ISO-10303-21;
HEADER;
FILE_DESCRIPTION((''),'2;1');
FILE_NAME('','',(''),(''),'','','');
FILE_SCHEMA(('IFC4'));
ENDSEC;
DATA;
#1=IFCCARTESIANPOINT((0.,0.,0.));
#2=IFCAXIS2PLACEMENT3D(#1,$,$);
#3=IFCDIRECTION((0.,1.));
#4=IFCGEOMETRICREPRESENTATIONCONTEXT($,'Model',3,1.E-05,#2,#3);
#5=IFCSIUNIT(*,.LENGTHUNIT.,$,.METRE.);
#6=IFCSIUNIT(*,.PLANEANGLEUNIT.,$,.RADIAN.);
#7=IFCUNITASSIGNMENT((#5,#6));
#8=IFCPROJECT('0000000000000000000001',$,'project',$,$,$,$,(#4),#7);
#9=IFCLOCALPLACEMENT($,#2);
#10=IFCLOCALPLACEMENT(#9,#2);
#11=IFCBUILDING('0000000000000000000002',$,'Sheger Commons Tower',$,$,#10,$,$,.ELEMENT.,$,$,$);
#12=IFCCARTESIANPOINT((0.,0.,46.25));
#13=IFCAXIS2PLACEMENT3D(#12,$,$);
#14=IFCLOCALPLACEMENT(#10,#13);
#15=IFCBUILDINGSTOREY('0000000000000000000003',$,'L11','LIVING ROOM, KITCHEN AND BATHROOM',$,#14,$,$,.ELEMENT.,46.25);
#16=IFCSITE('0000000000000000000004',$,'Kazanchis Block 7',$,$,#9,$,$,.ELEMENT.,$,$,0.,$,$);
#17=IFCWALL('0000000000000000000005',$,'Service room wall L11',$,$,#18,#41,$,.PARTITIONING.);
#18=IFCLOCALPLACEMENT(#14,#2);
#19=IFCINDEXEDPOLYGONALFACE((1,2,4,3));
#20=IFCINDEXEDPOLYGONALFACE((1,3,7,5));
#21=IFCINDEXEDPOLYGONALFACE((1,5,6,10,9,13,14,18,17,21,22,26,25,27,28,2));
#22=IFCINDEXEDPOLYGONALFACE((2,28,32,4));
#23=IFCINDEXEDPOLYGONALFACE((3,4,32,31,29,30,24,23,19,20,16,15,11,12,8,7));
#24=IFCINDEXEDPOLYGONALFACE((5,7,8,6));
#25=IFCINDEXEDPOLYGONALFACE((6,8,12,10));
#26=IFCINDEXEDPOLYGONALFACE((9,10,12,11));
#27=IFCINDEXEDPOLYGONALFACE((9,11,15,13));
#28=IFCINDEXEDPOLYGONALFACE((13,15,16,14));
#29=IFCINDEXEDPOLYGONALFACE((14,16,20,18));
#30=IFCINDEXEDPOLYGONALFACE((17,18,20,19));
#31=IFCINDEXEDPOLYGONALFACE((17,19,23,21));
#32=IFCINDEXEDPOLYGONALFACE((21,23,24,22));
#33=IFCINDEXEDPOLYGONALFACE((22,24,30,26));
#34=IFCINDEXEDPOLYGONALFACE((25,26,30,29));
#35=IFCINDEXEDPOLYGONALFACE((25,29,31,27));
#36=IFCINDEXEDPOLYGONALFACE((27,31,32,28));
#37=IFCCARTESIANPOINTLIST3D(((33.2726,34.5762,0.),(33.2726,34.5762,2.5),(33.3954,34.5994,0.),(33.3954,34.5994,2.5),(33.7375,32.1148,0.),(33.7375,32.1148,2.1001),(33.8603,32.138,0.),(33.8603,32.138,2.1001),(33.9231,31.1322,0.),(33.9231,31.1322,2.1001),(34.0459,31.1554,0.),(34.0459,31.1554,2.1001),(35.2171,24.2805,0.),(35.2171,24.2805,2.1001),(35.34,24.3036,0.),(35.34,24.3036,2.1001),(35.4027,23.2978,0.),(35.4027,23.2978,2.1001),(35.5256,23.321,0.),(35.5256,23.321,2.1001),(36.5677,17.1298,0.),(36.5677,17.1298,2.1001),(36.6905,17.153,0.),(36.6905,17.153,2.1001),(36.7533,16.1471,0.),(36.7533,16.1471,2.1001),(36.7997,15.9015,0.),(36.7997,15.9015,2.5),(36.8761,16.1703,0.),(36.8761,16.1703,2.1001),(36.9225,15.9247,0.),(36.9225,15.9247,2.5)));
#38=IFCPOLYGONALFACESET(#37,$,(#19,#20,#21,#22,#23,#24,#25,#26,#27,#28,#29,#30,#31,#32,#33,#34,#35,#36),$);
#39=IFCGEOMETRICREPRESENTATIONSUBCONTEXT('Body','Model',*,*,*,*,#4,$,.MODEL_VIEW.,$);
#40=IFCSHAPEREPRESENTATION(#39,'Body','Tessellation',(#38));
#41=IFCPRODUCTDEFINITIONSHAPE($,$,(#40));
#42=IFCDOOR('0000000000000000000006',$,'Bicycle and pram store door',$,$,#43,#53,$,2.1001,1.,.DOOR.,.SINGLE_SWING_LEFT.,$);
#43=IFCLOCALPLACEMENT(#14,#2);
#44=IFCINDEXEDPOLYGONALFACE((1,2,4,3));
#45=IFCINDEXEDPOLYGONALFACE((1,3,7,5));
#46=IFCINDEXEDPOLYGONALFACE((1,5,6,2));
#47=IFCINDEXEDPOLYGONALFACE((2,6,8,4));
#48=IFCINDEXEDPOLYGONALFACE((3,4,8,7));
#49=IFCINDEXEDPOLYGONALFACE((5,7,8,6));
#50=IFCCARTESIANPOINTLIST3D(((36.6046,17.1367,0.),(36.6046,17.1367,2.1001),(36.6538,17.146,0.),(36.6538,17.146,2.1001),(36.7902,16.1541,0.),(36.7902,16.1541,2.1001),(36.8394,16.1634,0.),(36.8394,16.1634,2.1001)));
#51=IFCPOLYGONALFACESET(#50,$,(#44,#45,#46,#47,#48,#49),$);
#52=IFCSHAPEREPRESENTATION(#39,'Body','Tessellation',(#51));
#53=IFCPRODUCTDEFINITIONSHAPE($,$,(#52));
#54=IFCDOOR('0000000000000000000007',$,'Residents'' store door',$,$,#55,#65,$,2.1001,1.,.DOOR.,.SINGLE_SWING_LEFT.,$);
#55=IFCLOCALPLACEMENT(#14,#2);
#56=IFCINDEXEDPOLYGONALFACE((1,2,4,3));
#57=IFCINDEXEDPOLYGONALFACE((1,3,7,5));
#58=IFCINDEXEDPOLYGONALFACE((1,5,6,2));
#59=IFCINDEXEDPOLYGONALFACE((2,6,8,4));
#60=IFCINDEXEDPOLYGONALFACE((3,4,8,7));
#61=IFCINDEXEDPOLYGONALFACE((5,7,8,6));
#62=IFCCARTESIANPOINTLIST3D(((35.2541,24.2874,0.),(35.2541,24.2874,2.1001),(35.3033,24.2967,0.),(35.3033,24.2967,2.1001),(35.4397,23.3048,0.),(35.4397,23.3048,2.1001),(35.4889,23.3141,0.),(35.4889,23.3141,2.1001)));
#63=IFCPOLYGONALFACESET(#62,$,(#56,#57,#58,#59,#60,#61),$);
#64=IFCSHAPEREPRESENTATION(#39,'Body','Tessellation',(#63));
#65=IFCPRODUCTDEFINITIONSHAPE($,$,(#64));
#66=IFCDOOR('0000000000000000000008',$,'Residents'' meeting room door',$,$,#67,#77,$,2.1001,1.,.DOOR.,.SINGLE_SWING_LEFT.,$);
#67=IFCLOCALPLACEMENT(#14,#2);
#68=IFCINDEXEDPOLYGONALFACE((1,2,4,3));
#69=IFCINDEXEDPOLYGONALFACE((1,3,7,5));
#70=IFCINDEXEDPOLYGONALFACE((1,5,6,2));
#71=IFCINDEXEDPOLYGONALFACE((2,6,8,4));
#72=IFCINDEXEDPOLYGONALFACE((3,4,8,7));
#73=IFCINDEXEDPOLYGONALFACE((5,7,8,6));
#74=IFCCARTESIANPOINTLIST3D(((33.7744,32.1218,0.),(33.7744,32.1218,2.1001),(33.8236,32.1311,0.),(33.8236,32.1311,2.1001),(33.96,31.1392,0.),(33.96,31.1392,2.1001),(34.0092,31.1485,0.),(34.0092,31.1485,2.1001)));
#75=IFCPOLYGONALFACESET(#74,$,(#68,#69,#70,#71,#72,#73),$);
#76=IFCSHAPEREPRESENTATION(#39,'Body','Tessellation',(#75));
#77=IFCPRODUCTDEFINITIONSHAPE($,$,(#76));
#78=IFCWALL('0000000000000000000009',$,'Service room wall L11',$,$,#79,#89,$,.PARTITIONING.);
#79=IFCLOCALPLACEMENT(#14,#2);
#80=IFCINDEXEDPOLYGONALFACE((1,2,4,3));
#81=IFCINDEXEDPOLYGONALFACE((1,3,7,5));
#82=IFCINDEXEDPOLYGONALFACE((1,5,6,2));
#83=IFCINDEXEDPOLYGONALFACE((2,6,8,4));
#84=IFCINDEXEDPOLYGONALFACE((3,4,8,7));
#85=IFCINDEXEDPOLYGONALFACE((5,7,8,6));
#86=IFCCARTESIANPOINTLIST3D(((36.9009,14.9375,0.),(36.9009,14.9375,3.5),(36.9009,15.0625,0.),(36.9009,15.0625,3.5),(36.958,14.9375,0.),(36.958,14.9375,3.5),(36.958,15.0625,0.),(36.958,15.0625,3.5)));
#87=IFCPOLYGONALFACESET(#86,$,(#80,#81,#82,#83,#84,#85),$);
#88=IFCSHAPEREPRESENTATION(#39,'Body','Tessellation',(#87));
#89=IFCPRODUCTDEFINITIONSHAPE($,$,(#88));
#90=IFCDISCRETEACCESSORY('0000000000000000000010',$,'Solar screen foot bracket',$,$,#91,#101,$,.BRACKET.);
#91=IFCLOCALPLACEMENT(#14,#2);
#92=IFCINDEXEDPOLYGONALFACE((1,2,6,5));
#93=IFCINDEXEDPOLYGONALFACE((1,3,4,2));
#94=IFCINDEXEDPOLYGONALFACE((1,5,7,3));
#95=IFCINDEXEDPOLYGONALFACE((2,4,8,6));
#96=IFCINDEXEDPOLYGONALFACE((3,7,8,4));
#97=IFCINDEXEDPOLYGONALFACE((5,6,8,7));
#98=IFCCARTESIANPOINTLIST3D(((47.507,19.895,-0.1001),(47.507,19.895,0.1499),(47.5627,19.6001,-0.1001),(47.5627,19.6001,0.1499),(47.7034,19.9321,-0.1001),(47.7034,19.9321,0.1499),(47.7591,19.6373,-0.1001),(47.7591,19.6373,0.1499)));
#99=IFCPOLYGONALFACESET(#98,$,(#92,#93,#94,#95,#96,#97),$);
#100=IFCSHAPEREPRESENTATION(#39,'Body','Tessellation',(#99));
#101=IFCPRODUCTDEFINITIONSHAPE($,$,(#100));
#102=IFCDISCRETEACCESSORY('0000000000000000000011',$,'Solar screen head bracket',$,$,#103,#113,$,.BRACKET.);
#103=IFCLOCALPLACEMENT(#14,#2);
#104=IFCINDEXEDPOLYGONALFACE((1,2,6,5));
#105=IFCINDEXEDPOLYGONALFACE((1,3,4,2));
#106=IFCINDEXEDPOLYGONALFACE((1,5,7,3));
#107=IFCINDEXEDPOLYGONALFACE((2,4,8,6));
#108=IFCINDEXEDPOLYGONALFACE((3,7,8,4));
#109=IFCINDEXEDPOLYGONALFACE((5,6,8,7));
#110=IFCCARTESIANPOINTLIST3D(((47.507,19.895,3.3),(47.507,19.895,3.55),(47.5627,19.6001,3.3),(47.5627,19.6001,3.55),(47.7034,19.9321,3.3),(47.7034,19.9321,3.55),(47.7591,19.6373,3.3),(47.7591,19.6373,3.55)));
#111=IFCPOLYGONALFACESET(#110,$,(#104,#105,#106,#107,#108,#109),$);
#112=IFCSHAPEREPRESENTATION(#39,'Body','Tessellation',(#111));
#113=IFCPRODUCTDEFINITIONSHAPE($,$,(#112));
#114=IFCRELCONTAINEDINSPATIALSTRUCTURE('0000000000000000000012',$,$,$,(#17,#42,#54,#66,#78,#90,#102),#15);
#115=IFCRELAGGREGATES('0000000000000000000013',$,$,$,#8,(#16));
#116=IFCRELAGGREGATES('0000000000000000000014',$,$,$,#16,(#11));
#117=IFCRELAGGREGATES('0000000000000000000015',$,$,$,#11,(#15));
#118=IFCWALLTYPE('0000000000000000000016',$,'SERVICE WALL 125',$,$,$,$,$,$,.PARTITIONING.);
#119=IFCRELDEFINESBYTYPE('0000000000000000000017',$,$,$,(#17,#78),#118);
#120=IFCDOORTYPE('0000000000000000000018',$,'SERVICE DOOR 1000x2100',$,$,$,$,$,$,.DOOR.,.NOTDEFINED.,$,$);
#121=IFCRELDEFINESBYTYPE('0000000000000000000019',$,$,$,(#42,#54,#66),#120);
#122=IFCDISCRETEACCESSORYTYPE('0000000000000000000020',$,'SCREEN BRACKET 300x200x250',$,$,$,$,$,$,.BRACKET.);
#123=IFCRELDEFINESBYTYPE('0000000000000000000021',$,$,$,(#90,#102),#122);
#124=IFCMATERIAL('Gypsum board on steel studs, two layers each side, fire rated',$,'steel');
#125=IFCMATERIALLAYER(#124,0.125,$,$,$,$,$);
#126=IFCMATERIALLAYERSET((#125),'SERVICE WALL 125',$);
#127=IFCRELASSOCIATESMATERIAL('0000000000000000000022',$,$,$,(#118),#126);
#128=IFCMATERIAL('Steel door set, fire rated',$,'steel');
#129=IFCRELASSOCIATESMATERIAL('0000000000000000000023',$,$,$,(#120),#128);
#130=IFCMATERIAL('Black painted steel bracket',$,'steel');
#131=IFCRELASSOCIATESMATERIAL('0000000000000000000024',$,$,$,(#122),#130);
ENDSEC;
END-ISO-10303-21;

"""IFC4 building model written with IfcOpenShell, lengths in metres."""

from ifc_helpers import new_model, si_unit, direction, frame, frame_2d, origin, origin_2d, place, context, subcontext, project, spatial, rectangle, extrude, material, layer, layer_set, type_object, element, fill, save


model = new_model("IFC4")

# Units and contexts
model_context = context("Model", 3, precision=1e-05, world=origin(), true_north=direction((0.0, 1.0)))
body_context = subcontext(model_context, "Body", "Model", "MODEL_VIEW")
ifc_project = project(units=[si_unit("LENGTHUNIT", "METRE"), si_unit("PLANEANGLEUNIT", "RADIAN")], contexts=[model_context])

# Site, building, storey
site_placement = place(None, origin())
site = spatial("IfcSite", under=ifc_project, at=site_placement, Name="Kazanchis Block 7", CompositionType="ELEMENT", RefElevation=0.0)
building_placement = place(site_placement, origin())
building = spatial("IfcBuilding", under=site, at=building_placement, Name="Sheger Commons Tower", CompositionType="ELEMENT")
storey_placement = place(building_placement, frame((0.0, 0.0, 46.25)))
storey = spatial("IfcBuildingStorey", under=building, at=storey_placement, Name="L11", Description="LIVING ROOM, KITCHEN AND BATHROOM", CompositionType="ELEMENT", Elevation=46.25)

# Wall, openings, doors
ifc_material_1 = material(Name="Gypsum board on steel studs, two layers each side, fire rated", Category="steel")
ifc_layer_1 = layer(ifc_material_1, 0.125)
ifc_layer_set_1 = layer_set([ifc_layer_1], Name="SERVICE WALL 125")
wall_type_1 = type_object("IfcWallType", Name="SERVICE WALL 125", PredefinedType="PARTITIONING", material=ifc_layer_set_1)
wall_1_placement = place(storey_placement, frame((36.8611, 15.9131, 0.0), z_axis=(0.0, 0.0, 1.0), x_axis=(-0.185588, 0.982628, 0.0)))
wall_1 = element("IfcWall", 1, at=wall_1_placement, inside=storey, type_object=wall_type_1, Name="Service room wall L11", PredefinedType="PARTITIONING", context=body_context, shape_type="SweptSolid", body=[
    extrude(rectangle(XDim=19.0049, YDim=0.125, at=frame_2d((9.5024, 0.0))), origin(), (0.0, 0.0, 1.0), 2.5),
])
opening_1_placement = place(wall_1_placement, frame((0.25, 0.0, 0.0)))
opening_1 = element("IfcOpeningElement", 2, at=opening_1_placement, cuts=wall_1, PredefinedType="OPENING", context=body_context, shape_type="SweptSolid", body=[
    extrude(rectangle(XDim=1.0, YDim=2.1001, at=frame_2d((0.5, 1.05))), frame((0.0, 0.0725, 0.0), z_axis=(0.0, -1.0, 0.0), x_axis=(1.0, 0.0, 0.0)), (0.0, 0.0, 1.0), 0.145),
])
opening_2_placement = place(wall_1_placement, frame((7.5271, 0.0, 0.0)))
opening_2 = element("IfcOpeningElement", 3, at=opening_2_placement, cuts=wall_1, PredefinedType="OPENING", context=body_context, shape_type="SweptSolid", body=[
    extrude(rectangle(XDim=1.0, YDim=2.1001, at=frame_2d((0.5, 1.05))), frame((0.0, 0.0725, 0.0), z_axis=(0.0, -1.0, 0.0), x_axis=(1.0, 0.0, 0.0)), (0.0, 0.0, 1.0), 0.145),
])
opening_3_placement = place(wall_1_placement, frame((15.5, 0.0, 0.0)))
opening_3 = element("IfcOpeningElement", 4, at=opening_3_placement, cuts=wall_1, PredefinedType="OPENING", context=body_context, shape_type="SweptSolid", body=[
    extrude(rectangle(XDim=1.0, YDim=2.1001, at=frame_2d((0.5, 1.05))), frame((0.0, 0.0725, 0.0), z_axis=(0.0, -1.0, 0.0), x_axis=(1.0, 0.0, 0.0)), (0.0, 0.0, 1.0), 0.145),
])
ifc_material_2 = material(Name="Steel door set, fire rated", Category="steel")
door_type = type_object("IfcDoorType", Name="SERVICE DOOR 1000x2100", OperationType="NOTDEFINED", PredefinedType="DOOR", material=ifc_material_2)
door_1_placement = place(opening_1_placement, origin())
door_1 = element("IfcDoor", 5, at=door_1_placement, inside=storey, type_object=door_type, Name="Bicycle and pram store door", OperationType="SINGLE_SWING_LEFT", OverallHeight=2.1001, OverallWidth=1.0, PredefinedType="DOOR", context=body_context, shape_type="SweptSolid", body=[
    extrude(rectangle(XDim=1.0, YDim=2.1001, at=frame_2d((0.5, 1.05))), frame((0.0, 0.0249, 0.0), z_axis=(0.0, -1.0, 0.0), x_axis=(1.0, 0.0, 0.0)), (0.0, 0.0, 1.0), 0.05),
])
fill(opening_1, door_1)
door_2_placement = place(opening_2_placement, origin())
door_2 = element("IfcDoor", 6, at=door_2_placement, inside=storey, type_object=door_type, Name="Residents' store door", OperationType="SINGLE_SWING_LEFT", OverallHeight=2.1001, OverallWidth=1.0, PredefinedType="DOOR", context=body_context, shape_type="SweptSolid", body=[
    extrude(rectangle(XDim=1.0, YDim=2.1001, at=frame_2d((0.5, 1.05))), frame((0.0, 0.0249, 0.0), z_axis=(0.0, -1.0, 0.0), x_axis=(1.0, 0.0, 0.0)), (0.0, 0.0, 1.0), 0.05),
])
fill(opening_2, door_2)
door_3_placement = place(opening_3_placement, origin())
door_3 = element("IfcDoor", 7, at=door_3_placement, inside=storey, type_object=door_type, Name="Residents' meeting room door", OperationType="SINGLE_SWING_LEFT", OverallHeight=2.1001, OverallWidth=1.0, PredefinedType="DOOR", context=body_context, shape_type="SweptSolid", body=[
    extrude(rectangle(XDim=1.0, YDim=2.1001, at=frame_2d((0.5, 1.05))), frame((0.0, 0.0249, 0.0), z_axis=(0.0, -1.0, 0.0), x_axis=(1.0, 0.0, 0.0)), (0.0, 0.0, 1.0), 0.05),
])
fill(opening_3, door_3)

# Wall
wall_2_placement = place(storey_placement, frame((36.9009, 15.0, 0.0), z_axis=(0.0, 0.0, 1.0), x_axis=(1.0, 0.0, 0.0)))
element("IfcWall", 8, at=wall_2_placement, inside=storey, type_object=wall_type_1, Name="Service room wall L11", PredefinedType="PARTITIONING", context=body_context, shape_type="SweptSolid", body=[
    extrude(rectangle(XDim=0.0571, YDim=0.125, at=frame_2d((0.0286, 0.0))), origin(), (0.0, 0.0, 1.0), 3.5),
])

# Discrete accessories
ifc_material_3 = material(Name="Black painted steel bracket", Category="steel")
discrete_accessory_type = type_object("IfcDiscreteAccessoryType", Name="SCREEN BRACKET 300x200x250", PredefinedType="BRACKET", material=ifc_material_3)
for number, where, z_axis, x_axis, name in (
    (9, (47.6331, 19.7661, -0.1001), (0.0, 0.0, 1.0), (-0.185615, 0.982623, 0.0), "Solar screen foot bracket"),
    (10, (47.6331, 19.7661, 3.3), (0.0, 0.0, 1.0), (-0.185615, 0.982623, 0.0), "Solar screen head bracket"),
):
    element("IfcDiscreteAccessory", number, at=place(storey_placement, frame(where, z_axis=z_axis, x_axis=x_axis)), inside=storey, type_object=discrete_accessory_type, Name=name, PredefinedType="BRACKET", context=body_context, shape_type="SweptSolid", body=[
        extrude(rectangle(XDim=0.3, YDim=0.2, at=origin_2d()), origin(), (0.0, 0.0, 1.0), 0.25),
    ])

save(model, "model.ifc")
